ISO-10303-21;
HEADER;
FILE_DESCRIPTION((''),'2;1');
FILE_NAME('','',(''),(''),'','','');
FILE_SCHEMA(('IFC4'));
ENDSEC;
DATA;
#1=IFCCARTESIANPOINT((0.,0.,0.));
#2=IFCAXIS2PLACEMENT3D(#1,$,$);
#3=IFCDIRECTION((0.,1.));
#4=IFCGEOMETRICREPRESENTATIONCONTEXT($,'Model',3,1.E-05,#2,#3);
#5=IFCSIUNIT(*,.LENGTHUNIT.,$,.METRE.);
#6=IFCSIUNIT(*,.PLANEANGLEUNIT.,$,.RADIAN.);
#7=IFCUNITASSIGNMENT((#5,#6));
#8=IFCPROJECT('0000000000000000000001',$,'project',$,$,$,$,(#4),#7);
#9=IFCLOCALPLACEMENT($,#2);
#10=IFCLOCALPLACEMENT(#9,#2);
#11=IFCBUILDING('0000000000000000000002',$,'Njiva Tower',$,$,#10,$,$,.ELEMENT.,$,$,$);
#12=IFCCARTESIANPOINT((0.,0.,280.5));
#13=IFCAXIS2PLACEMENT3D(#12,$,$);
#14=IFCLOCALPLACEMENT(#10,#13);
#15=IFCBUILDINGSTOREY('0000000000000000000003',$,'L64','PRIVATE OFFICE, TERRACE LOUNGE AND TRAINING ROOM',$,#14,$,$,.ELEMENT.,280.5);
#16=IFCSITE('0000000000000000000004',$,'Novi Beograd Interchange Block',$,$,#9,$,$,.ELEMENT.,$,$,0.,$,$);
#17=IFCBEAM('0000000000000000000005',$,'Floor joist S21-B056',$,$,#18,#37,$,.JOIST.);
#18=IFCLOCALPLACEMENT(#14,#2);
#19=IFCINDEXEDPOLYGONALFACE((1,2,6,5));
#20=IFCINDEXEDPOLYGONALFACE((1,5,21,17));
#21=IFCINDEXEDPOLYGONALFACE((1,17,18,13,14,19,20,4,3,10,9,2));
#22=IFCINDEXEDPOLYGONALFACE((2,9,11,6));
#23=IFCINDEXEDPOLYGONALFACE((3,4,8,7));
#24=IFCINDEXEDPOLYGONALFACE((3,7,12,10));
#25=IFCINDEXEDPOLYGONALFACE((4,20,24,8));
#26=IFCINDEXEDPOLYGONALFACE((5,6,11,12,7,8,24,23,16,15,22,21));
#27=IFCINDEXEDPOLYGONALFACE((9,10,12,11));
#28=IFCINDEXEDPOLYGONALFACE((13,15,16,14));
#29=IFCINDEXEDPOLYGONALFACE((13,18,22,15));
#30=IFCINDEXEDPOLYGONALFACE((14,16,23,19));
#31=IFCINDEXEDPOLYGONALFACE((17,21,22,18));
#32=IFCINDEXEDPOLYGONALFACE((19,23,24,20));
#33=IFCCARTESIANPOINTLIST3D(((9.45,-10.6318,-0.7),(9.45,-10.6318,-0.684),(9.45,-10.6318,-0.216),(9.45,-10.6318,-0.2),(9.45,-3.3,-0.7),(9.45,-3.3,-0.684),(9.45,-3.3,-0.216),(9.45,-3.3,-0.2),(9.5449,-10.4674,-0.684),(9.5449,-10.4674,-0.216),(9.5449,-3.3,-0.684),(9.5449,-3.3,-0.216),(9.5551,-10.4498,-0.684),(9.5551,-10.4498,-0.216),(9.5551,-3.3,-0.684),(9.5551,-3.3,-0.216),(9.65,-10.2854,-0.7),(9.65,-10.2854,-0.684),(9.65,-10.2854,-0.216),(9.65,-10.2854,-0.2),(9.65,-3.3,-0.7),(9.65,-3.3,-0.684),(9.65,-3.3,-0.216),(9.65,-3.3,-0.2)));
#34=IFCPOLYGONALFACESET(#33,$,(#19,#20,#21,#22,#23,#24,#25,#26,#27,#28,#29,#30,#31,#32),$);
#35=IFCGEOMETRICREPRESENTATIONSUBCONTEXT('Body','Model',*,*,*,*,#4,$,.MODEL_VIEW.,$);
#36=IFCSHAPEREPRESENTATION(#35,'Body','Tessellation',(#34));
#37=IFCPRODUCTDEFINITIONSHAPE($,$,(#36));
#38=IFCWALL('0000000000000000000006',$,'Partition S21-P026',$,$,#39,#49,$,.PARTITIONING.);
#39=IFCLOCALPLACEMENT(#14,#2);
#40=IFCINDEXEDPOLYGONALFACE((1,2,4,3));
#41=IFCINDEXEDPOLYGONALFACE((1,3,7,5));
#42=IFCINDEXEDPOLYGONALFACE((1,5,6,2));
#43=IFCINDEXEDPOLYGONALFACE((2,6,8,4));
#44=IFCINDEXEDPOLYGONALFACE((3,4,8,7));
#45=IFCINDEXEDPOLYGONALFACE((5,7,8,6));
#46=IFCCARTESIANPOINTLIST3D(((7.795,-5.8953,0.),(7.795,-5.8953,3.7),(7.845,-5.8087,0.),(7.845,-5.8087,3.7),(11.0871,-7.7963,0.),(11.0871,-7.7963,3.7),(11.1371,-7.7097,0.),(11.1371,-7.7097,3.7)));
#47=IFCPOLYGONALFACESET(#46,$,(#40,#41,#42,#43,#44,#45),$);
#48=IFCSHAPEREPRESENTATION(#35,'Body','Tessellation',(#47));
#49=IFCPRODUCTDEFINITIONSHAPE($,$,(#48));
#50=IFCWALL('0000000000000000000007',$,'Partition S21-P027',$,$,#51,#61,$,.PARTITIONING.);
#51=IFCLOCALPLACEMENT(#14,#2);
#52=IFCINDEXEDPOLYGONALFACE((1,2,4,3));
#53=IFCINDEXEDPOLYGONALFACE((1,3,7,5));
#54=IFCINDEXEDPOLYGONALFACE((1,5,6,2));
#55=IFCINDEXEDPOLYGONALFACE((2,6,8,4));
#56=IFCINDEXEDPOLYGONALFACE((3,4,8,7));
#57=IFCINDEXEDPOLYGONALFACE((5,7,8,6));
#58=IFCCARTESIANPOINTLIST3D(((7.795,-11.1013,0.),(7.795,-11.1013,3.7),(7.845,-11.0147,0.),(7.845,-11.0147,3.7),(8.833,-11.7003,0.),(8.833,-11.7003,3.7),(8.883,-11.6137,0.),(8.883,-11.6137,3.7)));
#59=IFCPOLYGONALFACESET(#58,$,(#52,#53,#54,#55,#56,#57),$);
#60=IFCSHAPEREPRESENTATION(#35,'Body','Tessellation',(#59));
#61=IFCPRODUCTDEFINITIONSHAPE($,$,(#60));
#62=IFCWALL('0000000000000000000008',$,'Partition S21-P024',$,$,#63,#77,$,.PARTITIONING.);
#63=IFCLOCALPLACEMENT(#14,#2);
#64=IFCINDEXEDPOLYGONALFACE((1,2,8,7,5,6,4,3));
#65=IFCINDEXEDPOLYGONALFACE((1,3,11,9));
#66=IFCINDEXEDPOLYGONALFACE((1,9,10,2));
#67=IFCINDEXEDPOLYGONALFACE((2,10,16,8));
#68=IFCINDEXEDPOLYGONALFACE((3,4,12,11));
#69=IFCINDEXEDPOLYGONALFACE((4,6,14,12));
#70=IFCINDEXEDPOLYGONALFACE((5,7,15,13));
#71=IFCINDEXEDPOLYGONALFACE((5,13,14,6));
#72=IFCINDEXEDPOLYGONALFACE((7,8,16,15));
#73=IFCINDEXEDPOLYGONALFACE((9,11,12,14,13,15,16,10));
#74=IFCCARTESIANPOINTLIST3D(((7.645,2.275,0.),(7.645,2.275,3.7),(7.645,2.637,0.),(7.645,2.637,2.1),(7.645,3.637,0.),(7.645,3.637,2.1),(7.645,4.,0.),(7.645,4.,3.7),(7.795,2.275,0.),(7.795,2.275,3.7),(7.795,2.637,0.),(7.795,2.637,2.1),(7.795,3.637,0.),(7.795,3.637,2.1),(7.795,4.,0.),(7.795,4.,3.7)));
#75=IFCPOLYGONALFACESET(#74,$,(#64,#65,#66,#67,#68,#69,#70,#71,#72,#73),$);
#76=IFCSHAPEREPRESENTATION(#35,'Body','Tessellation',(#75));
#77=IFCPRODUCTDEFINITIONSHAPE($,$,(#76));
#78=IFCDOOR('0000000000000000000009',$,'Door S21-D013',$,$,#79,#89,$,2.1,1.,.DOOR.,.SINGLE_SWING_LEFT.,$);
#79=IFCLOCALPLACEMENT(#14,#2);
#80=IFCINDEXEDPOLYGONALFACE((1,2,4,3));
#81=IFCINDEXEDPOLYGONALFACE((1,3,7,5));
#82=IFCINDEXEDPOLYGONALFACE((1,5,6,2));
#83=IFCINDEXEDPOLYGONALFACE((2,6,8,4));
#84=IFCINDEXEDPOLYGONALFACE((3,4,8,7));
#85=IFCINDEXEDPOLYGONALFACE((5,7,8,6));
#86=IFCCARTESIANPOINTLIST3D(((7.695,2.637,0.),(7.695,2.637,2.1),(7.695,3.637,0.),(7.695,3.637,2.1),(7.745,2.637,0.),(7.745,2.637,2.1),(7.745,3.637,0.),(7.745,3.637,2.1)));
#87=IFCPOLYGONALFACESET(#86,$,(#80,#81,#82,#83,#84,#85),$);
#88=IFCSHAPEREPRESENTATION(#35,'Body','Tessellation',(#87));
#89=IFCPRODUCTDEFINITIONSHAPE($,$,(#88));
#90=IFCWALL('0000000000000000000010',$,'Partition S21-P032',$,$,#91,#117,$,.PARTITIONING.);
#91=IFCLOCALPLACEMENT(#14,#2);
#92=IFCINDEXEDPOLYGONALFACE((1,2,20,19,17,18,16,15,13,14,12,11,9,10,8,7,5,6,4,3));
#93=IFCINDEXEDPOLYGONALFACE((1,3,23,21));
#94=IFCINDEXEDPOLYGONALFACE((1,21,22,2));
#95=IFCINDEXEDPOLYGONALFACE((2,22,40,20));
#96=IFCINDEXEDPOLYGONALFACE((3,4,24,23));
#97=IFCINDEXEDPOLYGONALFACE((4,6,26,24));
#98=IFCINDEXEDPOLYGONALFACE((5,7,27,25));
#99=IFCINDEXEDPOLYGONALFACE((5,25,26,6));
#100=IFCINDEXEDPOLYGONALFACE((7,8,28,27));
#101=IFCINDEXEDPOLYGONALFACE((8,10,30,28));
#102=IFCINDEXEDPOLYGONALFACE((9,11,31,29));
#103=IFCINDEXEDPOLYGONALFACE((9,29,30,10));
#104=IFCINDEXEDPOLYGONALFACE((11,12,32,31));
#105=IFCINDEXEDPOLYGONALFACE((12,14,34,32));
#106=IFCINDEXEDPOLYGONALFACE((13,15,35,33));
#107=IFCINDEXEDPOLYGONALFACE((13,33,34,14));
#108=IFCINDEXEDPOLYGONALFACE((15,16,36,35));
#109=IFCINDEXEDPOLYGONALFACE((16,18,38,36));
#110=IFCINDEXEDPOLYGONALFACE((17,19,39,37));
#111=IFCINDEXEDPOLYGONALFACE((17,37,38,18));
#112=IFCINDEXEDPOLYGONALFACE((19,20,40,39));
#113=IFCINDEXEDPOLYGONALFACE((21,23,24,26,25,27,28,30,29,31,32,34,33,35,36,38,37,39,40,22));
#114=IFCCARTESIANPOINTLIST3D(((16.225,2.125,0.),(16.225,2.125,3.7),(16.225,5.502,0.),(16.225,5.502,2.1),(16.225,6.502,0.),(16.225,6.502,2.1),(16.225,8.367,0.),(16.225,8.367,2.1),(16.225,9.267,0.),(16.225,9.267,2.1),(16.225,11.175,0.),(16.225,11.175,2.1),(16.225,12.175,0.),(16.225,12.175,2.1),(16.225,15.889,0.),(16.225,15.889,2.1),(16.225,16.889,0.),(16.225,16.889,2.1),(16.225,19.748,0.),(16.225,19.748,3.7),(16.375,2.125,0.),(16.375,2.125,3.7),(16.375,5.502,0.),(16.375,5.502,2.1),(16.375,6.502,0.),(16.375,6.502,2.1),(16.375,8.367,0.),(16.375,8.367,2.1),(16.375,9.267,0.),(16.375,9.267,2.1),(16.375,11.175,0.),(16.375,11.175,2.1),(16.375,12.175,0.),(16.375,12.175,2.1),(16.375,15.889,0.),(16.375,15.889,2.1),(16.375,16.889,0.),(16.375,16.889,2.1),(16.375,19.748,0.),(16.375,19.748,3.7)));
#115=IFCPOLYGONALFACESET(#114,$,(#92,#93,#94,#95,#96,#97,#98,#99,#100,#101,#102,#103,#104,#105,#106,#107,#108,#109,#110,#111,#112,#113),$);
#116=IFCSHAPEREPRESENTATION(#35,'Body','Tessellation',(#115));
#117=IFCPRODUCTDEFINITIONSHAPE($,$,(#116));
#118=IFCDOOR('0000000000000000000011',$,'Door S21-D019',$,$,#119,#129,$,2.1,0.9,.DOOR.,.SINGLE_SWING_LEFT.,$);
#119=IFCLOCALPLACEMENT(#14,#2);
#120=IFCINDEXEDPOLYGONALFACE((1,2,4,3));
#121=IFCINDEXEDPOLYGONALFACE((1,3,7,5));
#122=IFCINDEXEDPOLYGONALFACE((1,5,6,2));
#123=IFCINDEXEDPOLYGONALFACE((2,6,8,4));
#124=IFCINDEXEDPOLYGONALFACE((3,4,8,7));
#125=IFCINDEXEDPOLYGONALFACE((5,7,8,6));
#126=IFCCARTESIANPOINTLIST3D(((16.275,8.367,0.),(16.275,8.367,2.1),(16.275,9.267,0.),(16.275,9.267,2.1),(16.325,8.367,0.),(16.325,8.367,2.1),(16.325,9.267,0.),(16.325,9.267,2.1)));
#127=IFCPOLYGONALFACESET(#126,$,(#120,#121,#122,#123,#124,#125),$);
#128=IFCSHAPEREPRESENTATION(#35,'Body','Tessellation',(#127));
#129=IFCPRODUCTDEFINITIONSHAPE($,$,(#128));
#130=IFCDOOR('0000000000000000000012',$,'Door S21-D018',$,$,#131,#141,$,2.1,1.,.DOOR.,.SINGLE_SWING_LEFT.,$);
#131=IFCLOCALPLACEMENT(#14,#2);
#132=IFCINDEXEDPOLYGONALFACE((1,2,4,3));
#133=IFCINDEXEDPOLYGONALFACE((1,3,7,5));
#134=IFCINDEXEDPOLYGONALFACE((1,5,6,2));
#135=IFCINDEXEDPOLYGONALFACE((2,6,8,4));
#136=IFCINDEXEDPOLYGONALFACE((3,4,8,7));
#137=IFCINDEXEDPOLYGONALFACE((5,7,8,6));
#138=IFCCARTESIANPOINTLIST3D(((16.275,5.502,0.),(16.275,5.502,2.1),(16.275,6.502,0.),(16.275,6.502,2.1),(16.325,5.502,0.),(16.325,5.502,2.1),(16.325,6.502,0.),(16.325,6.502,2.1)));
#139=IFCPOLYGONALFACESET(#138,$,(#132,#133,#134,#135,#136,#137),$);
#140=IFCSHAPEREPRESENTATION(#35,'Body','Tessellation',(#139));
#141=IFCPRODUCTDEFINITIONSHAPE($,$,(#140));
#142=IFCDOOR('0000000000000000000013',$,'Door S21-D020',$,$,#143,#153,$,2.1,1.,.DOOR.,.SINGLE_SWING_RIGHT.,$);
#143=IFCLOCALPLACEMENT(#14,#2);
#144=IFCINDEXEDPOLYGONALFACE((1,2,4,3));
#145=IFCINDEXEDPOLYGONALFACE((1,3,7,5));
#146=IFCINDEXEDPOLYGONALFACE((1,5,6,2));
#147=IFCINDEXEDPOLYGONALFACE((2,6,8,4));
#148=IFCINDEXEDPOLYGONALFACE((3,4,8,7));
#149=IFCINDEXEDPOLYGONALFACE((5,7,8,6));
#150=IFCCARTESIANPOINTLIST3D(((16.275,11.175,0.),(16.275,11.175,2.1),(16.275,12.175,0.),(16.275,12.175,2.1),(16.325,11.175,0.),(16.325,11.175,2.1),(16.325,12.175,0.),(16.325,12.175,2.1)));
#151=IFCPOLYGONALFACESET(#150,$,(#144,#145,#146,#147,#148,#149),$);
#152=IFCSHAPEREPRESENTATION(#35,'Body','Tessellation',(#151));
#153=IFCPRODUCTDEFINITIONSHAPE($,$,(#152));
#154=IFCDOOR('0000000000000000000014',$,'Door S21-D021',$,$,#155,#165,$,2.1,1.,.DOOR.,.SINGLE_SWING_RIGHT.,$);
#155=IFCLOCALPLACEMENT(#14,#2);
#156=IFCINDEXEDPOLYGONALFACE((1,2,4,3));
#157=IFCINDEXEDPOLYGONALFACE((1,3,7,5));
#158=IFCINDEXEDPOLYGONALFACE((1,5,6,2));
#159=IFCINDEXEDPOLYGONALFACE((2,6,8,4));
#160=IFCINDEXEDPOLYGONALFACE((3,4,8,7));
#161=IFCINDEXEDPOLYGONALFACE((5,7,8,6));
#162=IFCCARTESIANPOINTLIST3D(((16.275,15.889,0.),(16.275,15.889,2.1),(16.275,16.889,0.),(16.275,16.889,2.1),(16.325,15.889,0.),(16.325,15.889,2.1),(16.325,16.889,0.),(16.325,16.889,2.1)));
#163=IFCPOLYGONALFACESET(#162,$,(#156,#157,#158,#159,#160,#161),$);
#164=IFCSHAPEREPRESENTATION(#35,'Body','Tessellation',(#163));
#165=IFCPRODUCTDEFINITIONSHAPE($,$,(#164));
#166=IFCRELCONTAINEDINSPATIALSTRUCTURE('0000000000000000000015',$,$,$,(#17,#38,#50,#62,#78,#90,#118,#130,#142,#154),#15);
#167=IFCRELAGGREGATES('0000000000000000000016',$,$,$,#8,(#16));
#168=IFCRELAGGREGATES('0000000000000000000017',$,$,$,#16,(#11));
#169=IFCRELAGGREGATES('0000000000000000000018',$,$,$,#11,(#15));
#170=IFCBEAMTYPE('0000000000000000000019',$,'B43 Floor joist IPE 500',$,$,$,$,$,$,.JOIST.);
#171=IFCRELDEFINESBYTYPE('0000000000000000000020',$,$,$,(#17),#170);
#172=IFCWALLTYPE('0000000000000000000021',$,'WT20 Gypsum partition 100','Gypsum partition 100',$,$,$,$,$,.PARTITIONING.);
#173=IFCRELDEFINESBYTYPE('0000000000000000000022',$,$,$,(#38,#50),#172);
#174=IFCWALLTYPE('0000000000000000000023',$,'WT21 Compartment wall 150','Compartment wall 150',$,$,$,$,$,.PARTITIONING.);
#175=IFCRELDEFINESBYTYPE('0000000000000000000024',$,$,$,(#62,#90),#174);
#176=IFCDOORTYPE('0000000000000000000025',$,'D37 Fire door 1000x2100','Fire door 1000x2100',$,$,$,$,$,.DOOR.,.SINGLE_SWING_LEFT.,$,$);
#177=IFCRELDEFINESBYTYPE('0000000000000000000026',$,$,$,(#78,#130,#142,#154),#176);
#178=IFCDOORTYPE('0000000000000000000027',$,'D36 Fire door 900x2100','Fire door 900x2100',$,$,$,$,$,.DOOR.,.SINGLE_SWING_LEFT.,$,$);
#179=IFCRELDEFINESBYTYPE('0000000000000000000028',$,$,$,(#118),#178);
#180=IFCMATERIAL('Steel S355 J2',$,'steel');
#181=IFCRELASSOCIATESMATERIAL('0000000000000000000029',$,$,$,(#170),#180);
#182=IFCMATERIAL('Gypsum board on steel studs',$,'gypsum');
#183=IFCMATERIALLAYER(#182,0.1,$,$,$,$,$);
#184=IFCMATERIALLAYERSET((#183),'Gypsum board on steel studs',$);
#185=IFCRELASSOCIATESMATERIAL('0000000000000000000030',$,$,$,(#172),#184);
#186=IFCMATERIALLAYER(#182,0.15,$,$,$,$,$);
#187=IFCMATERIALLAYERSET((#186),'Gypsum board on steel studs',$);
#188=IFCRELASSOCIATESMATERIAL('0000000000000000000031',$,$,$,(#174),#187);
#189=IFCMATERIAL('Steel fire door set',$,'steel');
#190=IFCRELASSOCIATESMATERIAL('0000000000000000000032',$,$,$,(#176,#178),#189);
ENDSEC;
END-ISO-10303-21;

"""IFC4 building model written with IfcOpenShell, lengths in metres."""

from ifc_helpers import new_model, si_unit, direction, frame, frame_2d, origin, origin_2d, place, context, subcontext, project, spatial, rectangle, i_section, extrude, clip, halfspace, material, layer, layer_set, material_profile, profile_set, type_object, element, fill, save


model = new_model("IFC4")

# Units and contexts
model_context = context("Model", 3, precision=1e-05, world=origin(), true_north=direction((0.0, 1.0)))
body_context = subcontext(model_context, "Body", "Model", "MODEL_VIEW")
ifc_project = project(units=[si_unit("LENGTHUNIT", "METRE"), si_unit("PLANEANGLEUNIT", "RADIAN")], contexts=[model_context])

# Site, building, storey
site_placement = place(None, origin())
site = spatial("IfcSite", under=ifc_project, at=site_placement, Name="Novi Beograd Interchange Block", CompositionType="ELEMENT", RefElevation=0.0)
building_placement = place(site_placement, origin())
building = spatial("IfcBuilding", under=site, at=building_placement, Name="Njiva Tower", CompositionType="ELEMENT")
storey_placement = place(building_placement, frame((0.0, 0.0, 280.5)))
storey = spatial("IfcBuildingStorey", under=building, at=storey_placement, Name="L64", Description="PRIVATE OFFICE, TERRACE LOUNGE AND TRAINING ROOM", CompositionType="ELEMENT", Elevation=280.5)

# Shared definitions
ifc_material_1 = material(Name="Steel S355 J2", Category="steel")

# Beam
ifc_material_profile_1 = material_profile(ifc_material_1, i_section(OverallWidth=0.2, OverallDepth=0.5, WebThickness=0.0102, FlangeThickness=0.016, at=origin_2d()), Name="IPE 500")
ifc_profile_set_1 = profile_set([ifc_material_profile_1], Name="Steel S355 J2")
beam_type_1 = type_object("IfcBeamType", Name="B43 Floor joist IPE 500", PredefinedType="JOIST", material=ifc_profile_set_1)
beam_1_placement = place(storey_placement, frame((9.55, -3.3, -0.45), z_axis=(0.0, -1.0, 0.0), x_axis=(1.0, 0.0, 0.0)))
element("IfcBeam", 1, at=beam_1_placement, inside=storey, type_object=beam_type_1, Name="Floor joist S21-B056", PredefinedType="JOIST", context=body_context, shape_type="Clipping", body=[
    clip(extrude(i_section(OverallWidth=0.2, OverallDepth=0.5, WebThickness=0.0102, FlangeThickness=0.016, at=origin_2d()), origin(), (0.0, 0.0, 1.0), 7.352), halfspace(frame((0.0433, 0.0, 7.0836), z_axis=(0.866027, 0.0, 0.499998), x_axis=(0.0, 1.0, 0.0)), False)),
])

# Walls
ifc_material_2 = material(Name="Gypsum board on steel studs", Category="gypsum")
ifc_layer_1 = layer(ifc_material_2, 0.1)
ifc_layer_set_1 = layer_set([ifc_layer_1], Name="Gypsum board on steel studs")
wall_type_1 = type_object("IfcWallType", Name="WT20 Gypsum partition 100", Description="Gypsum partition 100", PredefinedType="PARTITIONING", material=ifc_layer_set_1)
wall_1_placement = place(storey_placement, frame((7.82, -5.852, 0.0), z_axis=(0.0, 0.0, 1.0), x_axis=(0.865984, -0.500072, 0.0)))
element("IfcWall", 2, at=wall_1_placement, inside=storey, type_object=wall_type_1, Name="Partition S21-P026", PredefinedType="PARTITIONING", context=body_context, shape_type="SweptSolid", body=[
    extrude(rectangle(XDim=3.8015, YDim=0.1, at=frame_2d((1.9008, 0.0))), origin(), (0.0, 0.0, 1.0), 3.7),
])
wall_2_placement = place(storey_placement, frame((7.82, -11.058, 0.0), z_axis=(0.0, 0.0, 1.0), x_axis=(0.86613, -0.499819, 0.0)))
element("IfcWall", 3, at=wall_2_placement, inside=storey, type_object=wall_type_1, Name="Partition S21-P027", PredefinedType="PARTITIONING", context=body_context, shape_type="SweptSolid", body=[
    extrude(rectangle(XDim=1.1984, YDim=0.1, at=frame_2d((0.5992, 0.0))), origin(), (0.0, 0.0, 1.0), 3.7),
])

# Wall, opening, door
ifc_layer_2 = layer(ifc_material_2, 0.15)
ifc_layer_set_2 = layer_set([ifc_layer_2], Name="Gypsum board on steel studs")
wall_type_2 = type_object("IfcWallType", Name="WT21 Compartment wall 150", Description="Compartment wall 150", PredefinedType="PARTITIONING", material=ifc_layer_set_2)
wall_3_placement = place(storey_placement, frame((7.72, 2.275, 0.0), z_axis=(0.0, 0.0, 1.0), x_axis=(0.0, 1.0, 0.0)))
wall_3 = element("IfcWall", 4, at=wall_3_placement, inside=storey, type_object=wall_type_2, Name="Partition S21-P024", PredefinedType="PARTITIONING", context=body_context, shape_type="SweptSolid", body=[
    extrude(rectangle(XDim=1.725, YDim=0.15, at=frame_2d((0.8625, 0.0))), origin(), (0.0, 0.0, 1.0), 3.7),
])
opening_1_placement = place(wall_3_placement, frame((0.362, 0.0, 0.0)))
opening_1 = element("IfcOpeningElement", 5, at=opening_1_placement, cuts=wall_3, PredefinedType="OPENING", context=body_context, shape_type="SweptSolid", body=[
    extrude(rectangle(XDim=1.0, YDim=2.1, at=frame_2d((0.5, 1.05))), frame((0.0, 0.085, 0.0), z_axis=(0.0, -1.0, 0.0), x_axis=(1.0, 0.0, 0.0)), (0.0, 0.0, 1.0), 0.17),
])
ifc_material_3 = material(Name="Steel fire door set", Category="steel")
door_type_1 = type_object("IfcDoorType", Name="D37 Fire door 1000x2100", Description="Fire door 1000x2100", OperationType="SINGLE_SWING_LEFT", PredefinedType="DOOR", material=ifc_material_3)
door_1_placement = place(opening_1_placement, origin())
door_1 = element("IfcDoor", 6, at=door_1_placement, inside=storey, type_object=door_type_1, Name="Door S21-D013", OperationType="SINGLE_SWING_LEFT", OverallHeight=2.1, OverallWidth=1.0, PredefinedType="DOOR", context=body_context, shape_type="SweptSolid", body=[
    extrude(rectangle(XDim=1.0, YDim=2.1, at=frame_2d((0.5, 1.05))), frame((0.0, 0.025, 0.0), z_axis=(0.0, -1.0, 0.0), x_axis=(1.0, 0.0, 0.0)), (0.0, 0.0, 1.0), 0.05),
])
fill(opening_1, door_1)

# Wall, openings, doors
wall_4_placement = place(storey_placement, frame((16.3, 2.125, 0.0), z_axis=(0.0, 0.0, 1.0), x_axis=(0.0, 1.0, 0.0)))
wall_4 = element("IfcWall", 7, at=wall_4_placement, inside=storey, type_object=wall_type_2, Name="Partition S21-P032", PredefinedType="PARTITIONING", context=body_context, shape_type="SweptSolid", body=[
    extrude(rectangle(XDim=17.623, YDim=0.15, at=frame_2d((8.8115, 0.0))), origin(), (0.0, 0.0, 1.0), 3.7),
])
opening_2_placement = place(wall_4_placement, frame((3.377, 0.0, 0.0)))
opening_2 = element("IfcOpeningElement", 8, at=opening_2_placement, cuts=wall_4, PredefinedType="OPENING", context=body_context, shape_type="SweptSolid", body=[
    extrude(rectangle(XDim=1.0, YDim=2.1, at=frame_2d((0.5, 1.05))), frame((0.0, 0.085, 0.0), z_axis=(0.0, -1.0, 0.0), x_axis=(1.0, 0.0, 0.0)), (0.0, 0.0, 1.0), 0.17),
])
opening_3_placement = place(wall_4_placement, frame((6.242, 0.0, 0.0)))
opening_3 = element("IfcOpeningElement", 9, at=opening_3_placement, cuts=wall_4, PredefinedType="OPENING", context=body_context, shape_type="SweptSolid", body=[
    extrude(rectangle(XDim=0.9, YDim=2.1, at=frame_2d((0.45, 1.05))), frame((0.0, 0.085, 0.0), z_axis=(0.0, -1.0, 0.0), x_axis=(1.0, 0.0, 0.0)), (0.0, 0.0, 1.0), 0.17),
])
opening_4_placement = place(wall_4_placement, frame((9.05, 0.0, 0.0)))
opening_4 = element("IfcOpeningElement", 10, at=opening_4_placement, cuts=wall_4, PredefinedType="OPENING", context=body_context, shape_type="SweptSolid", body=[
    extrude(rectangle(XDim=1.0, YDim=2.1, at=frame_2d((0.5, 1.05))), frame((0.0, 0.085, 0.0), z_axis=(0.0, -1.0, 0.0), x_axis=(1.0, 0.0, 0.0)), (0.0, 0.0, 1.0), 0.17),
])
opening_5_placement = place(wall_4_placement, frame((13.764, 0.0, 0.0)))
opening_5 = element("IfcOpeningElement", 11, at=opening_5_placement, cuts=wall_4, PredefinedType="OPENING", context=body_context, shape_type="SweptSolid", body=[
    extrude(rectangle(XDim=1.0, YDim=2.1, at=frame_2d((0.5, 1.05))), frame((0.0, 0.085, 0.0), z_axis=(0.0, -1.0, 0.0), x_axis=(1.0, 0.0, 0.0)), (0.0, 0.0, 1.0), 0.17),
])
door_type_2 = type_object("IfcDoorType", Name="D36 Fire door 900x2100", Description="Fire door 900x2100", OperationType="SINGLE_SWING_LEFT", PredefinedType="DOOR", material=ifc_material_3)
door_2_placement = place(opening_3_placement, origin())
door_2 = element("IfcDoor", 12, at=door_2_placement, inside=storey, type_object=door_type_2, Name="Door S21-D019", OperationType="SINGLE_SWING_LEFT", OverallHeight=2.1, OverallWidth=0.9, PredefinedType="DOOR", context=body_context, shape_type="SweptSolid", body=[
    extrude(rectangle(XDim=0.9, YDim=2.1, at=frame_2d((0.45, 1.05))), frame((0.0, 0.025, 0.0), z_axis=(0.0, -1.0, 0.0), x_axis=(1.0, 0.0, 0.0)), (0.0, 0.0, 1.0), 0.05),
])
fill(opening_3, door_2)
door_3_placement = place(opening_2_placement, origin())
door_3 = element("IfcDoor", 13, at=door_3_placement, inside=storey, type_object=door_type_1, Name="Door S21-D018", OperationType="SINGLE_SWING_LEFT", OverallHeight=2.1, OverallWidth=1.0, PredefinedType="DOOR", context=body_context, shape_type="SweptSolid", body=[
    extrude(rectangle(XDim=1.0, YDim=2.1, at=frame_2d((0.5, 1.05))), frame((0.0, 0.025, 0.0), z_axis=(0.0, -1.0, 0.0), x_axis=(1.0, 0.0, 0.0)), (0.0, 0.0, 1.0), 0.05),
])
fill(opening_2, door_3)
door_4_placement = place(opening_4_placement, origin())
door_4 = element("IfcDoor", 14, at=door_4_placement, inside=storey, type_object=door_type_1, Name="Door S21-D020", OperationType="SINGLE_SWING_RIGHT", OverallHeight=2.1, OverallWidth=1.0, PredefinedType="DOOR", context=body_context, shape_type="SweptSolid", body=[
    extrude(rectangle(XDim=1.0, YDim=2.1, at=frame_2d((0.5, 1.05))), frame((0.0, 0.025, 0.0), z_axis=(0.0, -1.0, 0.0), x_axis=(1.0, 0.0, 0.0)), (0.0, 0.0, 1.0), 0.05),
])
fill(opening_4, door_4)
door_5_placement = place(opening_5_placement, origin())
door_5 = element("IfcDoor", 15, at=door_5_placement, inside=storey, type_object=door_type_1, Name="Door S21-D021", OperationType="SINGLE_SWING_RIGHT", OverallHeight=2.1, OverallWidth=1.0, PredefinedType="DOOR", context=body_context, shape_type="SweptSolid", body=[
    extrude(rectangle(XDim=1.0, YDim=2.1, at=frame_2d((0.5, 1.05))), frame((0.0, 0.025, 0.0), z_axis=(0.0, -1.0, 0.0), x_axis=(1.0, 0.0, 0.0)), (0.0, 0.0, 1.0), 0.05),
])
fill(opening_5, door_5)

save(model, "model.ifc")
